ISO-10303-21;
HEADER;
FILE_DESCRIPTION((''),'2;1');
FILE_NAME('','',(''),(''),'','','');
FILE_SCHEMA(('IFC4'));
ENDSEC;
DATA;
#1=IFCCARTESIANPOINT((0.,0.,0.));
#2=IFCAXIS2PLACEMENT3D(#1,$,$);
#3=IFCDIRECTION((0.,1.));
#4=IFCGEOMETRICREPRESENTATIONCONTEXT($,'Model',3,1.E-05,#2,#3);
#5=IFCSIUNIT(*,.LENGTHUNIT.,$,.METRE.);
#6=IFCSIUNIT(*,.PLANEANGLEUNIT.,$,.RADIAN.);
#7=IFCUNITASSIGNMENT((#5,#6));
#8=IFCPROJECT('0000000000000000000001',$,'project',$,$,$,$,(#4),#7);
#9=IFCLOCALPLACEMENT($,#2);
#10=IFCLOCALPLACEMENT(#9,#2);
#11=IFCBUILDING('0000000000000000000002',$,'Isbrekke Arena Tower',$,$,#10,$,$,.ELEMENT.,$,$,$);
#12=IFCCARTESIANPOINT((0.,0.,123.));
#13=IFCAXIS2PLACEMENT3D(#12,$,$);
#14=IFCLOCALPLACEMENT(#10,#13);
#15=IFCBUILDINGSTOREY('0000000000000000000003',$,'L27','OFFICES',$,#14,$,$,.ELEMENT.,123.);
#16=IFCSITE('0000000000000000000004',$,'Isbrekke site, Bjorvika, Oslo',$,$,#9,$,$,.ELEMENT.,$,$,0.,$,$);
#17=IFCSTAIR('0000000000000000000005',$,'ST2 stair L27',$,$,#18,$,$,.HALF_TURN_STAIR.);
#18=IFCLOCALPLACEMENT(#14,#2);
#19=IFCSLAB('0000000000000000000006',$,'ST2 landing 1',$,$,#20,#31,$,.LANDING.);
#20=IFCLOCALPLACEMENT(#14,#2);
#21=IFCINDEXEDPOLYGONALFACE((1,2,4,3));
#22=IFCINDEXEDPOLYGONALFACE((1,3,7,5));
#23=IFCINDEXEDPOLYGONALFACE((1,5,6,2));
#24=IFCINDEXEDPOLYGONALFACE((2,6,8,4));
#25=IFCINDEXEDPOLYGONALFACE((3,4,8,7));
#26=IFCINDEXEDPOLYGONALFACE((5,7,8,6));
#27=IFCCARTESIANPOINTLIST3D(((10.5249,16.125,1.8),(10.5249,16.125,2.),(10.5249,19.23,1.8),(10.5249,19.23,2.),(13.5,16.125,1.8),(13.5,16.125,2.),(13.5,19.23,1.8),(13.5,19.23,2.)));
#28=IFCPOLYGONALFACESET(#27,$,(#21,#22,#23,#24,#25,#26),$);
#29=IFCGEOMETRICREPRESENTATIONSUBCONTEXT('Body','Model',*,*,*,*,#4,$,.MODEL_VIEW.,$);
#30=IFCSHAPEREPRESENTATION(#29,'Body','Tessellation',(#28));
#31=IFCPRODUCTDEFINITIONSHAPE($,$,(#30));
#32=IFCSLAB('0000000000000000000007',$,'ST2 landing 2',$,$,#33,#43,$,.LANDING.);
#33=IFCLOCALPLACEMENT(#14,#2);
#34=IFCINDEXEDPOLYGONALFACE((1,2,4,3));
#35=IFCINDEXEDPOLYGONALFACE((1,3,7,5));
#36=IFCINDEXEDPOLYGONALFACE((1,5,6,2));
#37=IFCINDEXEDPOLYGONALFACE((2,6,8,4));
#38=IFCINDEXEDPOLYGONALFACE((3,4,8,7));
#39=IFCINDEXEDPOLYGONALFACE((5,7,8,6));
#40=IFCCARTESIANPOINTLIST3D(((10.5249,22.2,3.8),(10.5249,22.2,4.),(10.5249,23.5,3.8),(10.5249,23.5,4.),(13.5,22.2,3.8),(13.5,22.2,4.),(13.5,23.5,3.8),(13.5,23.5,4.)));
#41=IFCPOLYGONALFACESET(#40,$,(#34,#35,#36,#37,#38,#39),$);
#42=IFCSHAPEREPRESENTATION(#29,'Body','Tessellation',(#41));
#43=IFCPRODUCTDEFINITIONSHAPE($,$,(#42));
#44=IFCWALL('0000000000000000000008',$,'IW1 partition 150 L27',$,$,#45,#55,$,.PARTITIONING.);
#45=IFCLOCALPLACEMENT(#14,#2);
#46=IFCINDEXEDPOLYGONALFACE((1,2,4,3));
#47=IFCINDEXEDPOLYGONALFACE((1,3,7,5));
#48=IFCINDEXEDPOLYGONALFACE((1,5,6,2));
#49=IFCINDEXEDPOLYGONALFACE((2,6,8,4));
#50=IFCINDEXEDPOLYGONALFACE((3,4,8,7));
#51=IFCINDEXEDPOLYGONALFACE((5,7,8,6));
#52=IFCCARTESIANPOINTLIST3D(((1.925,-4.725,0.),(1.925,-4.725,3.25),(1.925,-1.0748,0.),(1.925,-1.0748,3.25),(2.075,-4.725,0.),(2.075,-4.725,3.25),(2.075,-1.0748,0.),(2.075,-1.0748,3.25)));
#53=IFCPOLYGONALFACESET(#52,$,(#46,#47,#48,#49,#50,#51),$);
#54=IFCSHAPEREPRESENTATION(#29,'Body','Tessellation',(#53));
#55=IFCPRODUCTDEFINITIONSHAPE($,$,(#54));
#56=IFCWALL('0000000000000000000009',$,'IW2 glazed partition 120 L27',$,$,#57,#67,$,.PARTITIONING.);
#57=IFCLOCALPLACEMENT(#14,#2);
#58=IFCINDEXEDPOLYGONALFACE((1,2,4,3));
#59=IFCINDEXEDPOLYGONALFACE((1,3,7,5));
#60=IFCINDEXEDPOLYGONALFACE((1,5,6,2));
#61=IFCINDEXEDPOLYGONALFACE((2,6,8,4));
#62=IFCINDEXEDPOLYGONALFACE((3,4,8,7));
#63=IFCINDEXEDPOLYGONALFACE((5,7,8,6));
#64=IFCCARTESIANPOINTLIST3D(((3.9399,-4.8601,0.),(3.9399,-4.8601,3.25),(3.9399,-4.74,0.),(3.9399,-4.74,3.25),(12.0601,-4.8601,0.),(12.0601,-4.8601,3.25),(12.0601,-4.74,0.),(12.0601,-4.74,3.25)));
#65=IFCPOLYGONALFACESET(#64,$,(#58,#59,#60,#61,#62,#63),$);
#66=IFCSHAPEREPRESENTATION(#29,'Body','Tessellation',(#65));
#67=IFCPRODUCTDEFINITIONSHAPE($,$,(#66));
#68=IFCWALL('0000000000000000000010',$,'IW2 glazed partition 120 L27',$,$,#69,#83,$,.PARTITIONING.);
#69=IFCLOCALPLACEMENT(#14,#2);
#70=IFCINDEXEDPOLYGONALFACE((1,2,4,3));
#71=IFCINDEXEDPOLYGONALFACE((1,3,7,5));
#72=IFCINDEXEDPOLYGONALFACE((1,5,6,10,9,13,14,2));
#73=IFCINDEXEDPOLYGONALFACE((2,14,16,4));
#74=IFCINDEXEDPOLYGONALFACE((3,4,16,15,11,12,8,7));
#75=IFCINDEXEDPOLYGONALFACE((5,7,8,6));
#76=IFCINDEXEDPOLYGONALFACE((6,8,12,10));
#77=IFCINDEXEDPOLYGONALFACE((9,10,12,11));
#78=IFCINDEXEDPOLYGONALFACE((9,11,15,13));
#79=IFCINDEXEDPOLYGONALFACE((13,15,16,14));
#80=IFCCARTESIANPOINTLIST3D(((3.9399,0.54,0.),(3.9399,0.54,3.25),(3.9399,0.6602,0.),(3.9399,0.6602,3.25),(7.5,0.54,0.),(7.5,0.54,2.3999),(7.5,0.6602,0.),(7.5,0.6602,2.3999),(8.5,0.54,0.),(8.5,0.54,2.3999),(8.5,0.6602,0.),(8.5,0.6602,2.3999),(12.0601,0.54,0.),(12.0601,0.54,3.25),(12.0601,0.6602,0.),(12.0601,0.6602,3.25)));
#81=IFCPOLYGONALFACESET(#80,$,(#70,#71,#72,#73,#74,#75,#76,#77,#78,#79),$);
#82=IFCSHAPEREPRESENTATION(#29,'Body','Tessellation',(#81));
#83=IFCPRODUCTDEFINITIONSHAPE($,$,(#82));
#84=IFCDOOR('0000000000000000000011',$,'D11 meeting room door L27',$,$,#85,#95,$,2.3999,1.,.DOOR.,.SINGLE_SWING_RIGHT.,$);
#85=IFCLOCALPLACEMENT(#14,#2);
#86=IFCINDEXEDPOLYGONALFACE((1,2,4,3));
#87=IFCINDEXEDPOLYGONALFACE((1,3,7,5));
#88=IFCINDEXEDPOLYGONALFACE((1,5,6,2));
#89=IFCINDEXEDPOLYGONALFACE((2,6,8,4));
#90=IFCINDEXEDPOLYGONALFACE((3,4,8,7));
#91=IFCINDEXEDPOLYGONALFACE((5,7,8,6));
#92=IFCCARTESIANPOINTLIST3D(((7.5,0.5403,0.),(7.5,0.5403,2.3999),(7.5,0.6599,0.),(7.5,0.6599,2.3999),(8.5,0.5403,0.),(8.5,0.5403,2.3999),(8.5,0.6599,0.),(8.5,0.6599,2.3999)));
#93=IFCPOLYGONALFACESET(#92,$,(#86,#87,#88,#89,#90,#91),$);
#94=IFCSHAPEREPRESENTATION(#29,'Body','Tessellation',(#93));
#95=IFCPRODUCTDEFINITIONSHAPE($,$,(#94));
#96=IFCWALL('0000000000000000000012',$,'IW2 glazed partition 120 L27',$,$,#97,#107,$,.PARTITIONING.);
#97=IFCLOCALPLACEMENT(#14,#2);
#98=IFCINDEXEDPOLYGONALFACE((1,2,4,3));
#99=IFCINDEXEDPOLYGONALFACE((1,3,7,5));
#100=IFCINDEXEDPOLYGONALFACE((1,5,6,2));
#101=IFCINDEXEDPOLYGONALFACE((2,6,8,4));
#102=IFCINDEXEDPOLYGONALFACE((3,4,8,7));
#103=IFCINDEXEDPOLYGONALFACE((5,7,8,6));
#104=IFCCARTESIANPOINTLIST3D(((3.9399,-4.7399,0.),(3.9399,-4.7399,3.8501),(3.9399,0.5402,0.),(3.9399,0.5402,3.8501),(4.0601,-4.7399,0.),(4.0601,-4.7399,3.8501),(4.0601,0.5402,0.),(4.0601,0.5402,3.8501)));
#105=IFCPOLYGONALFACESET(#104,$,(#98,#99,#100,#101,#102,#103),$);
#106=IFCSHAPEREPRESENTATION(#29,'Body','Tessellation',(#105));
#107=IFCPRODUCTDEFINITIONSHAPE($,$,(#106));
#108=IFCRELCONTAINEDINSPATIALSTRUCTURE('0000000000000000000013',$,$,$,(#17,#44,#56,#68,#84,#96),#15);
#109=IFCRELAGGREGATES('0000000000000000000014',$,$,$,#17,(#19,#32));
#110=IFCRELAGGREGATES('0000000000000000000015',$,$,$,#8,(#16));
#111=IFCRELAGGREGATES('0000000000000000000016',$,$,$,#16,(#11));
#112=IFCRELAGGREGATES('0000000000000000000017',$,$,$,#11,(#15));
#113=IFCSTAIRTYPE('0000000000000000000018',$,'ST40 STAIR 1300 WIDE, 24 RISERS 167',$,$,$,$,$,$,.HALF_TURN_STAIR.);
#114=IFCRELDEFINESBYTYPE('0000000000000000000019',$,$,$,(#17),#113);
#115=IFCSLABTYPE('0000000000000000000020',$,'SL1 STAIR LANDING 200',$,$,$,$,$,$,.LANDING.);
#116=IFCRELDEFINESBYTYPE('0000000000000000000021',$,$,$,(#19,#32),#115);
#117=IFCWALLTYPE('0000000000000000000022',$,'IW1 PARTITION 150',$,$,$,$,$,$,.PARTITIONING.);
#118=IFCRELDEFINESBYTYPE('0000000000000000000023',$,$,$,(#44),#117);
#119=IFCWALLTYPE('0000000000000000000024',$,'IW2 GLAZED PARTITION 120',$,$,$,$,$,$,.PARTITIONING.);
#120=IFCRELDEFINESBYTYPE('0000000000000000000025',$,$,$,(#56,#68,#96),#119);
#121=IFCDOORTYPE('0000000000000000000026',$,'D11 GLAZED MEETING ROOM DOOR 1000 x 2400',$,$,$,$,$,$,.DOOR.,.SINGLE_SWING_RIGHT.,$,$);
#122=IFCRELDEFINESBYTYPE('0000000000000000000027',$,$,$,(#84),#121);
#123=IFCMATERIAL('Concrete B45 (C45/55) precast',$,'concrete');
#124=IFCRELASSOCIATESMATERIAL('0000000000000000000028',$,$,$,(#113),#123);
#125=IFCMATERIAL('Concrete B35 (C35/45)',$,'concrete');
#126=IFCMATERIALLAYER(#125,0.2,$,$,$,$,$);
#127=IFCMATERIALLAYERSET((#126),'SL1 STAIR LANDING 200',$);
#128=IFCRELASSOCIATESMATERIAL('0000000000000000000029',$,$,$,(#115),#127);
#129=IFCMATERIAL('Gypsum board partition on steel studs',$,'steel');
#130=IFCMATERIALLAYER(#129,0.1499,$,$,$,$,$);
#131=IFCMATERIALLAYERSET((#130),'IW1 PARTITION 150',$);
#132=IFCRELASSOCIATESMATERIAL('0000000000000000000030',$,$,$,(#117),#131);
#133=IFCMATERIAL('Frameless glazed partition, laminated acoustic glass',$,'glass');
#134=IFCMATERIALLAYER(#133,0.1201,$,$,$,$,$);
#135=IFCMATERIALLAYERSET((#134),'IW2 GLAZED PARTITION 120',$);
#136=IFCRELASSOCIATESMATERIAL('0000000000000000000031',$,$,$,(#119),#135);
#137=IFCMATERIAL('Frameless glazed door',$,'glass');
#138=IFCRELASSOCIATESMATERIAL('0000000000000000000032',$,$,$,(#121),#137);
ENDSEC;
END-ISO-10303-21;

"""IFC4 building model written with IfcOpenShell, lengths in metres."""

from ifc_helpers import new_model, si_unit, direction, frame, frame_2d, origin, place, context, subcontext, project, spatial, polyline, rectangle, outline, extrude, material, layer, layer_set, type_object, element, fill, aggregate, save


model = new_model("IFC4")

# Units and contexts
model_context = context("Model", 3, precision=1e-05, world=origin(), true_north=direction((0.0, 1.0)))
body_context = subcontext(model_context, "Body", "Model", "MODEL_VIEW")
ifc_project = project(units=[si_unit("LENGTHUNIT", "METRE"), si_unit("PLANEANGLEUNIT", "RADIAN")], contexts=[model_context])

# Site, building, storey
site_placement = place(None, origin())
site = spatial("IfcSite", under=ifc_project, at=site_placement, Name="Isbrekke site, Bjorvika, Oslo", CompositionType="ELEMENT", RefElevation=0.0)
building_placement = place(site_placement, origin())
building = spatial("IfcBuilding", under=site, at=building_placement, Name="Isbrekke Arena Tower", CompositionType="ELEMENT")
storey_placement = place(building_placement, frame((0.0, 0.0, 123.0)))
storey = spatial("IfcBuildingStorey", under=building, at=storey_placement, Name="L27", Description="OFFICES", CompositionType="ELEMENT", Elevation=123.0)

# Stair, slabs
ifc_material_1 = material(Name="Concrete B45 (C45/55) precast", Category="concrete")
stair_type = type_object("IfcStairType", Name="ST40 STAIR 1300 WIDE, 24 RISERS 167", PredefinedType="HALF_TURN_STAIR", material=ifc_material_1)
ifc_material_2 = material(Name="Concrete B35 (C35/45)", Category="concrete")
ifc_layer_1 = layer(ifc_material_2, 0.2)
ifc_layer_set_1 = layer_set([ifc_layer_1], Name="SL1 STAIR LANDING 200")
slab_type_1 = type_object("IfcSlabType", Name="SL1 STAIR LANDING 200", PredefinedType="LANDING", material=ifc_layer_set_1)
stair_1_placement = place(storey_placement, origin())
stair_1 = element("IfcStair", 1, at=stair_1_placement, inside=storey, type_object=stair_type, Name="ST2 stair L27", PredefinedType="HALF_TURN_STAIR")
slab_1_placement = place(storey_placement, frame((0.0, 0.0, 1.8)))
slab_1 = element("IfcSlab", 2, at=slab_1_placement, type_object=slab_type_1, Name="ST2 landing 1", PredefinedType="LANDING", context=body_context, shape_type="SweptSolid", body=[
    extrude(outline(polyline([(10.5249, 16.125), (13.5, 16.125), (13.5, 19.23), (10.5249, 19.23), (10.5249, 16.125)])), origin(), (0.0, 0.0, 1.0), 0.2),
])
slab_2_placement = place(storey_placement, frame((0.0, 0.0, 3.8)))
slab_2 = element("IfcSlab", 3, at=slab_2_placement, type_object=slab_type_1, Name="ST2 landing 2", PredefinedType="LANDING", context=body_context, shape_type="SweptSolid", body=[
    extrude(outline(polyline([(10.5249, 22.2), (13.5, 22.2), (13.5, 23.5), (10.5249, 23.5), (10.5249, 22.2)])), origin(), (0.0, 0.0, 1.0), 0.2),
])
aggregate(stair_1, [slab_1, slab_2])

# Walls
ifc_material_3 = material(Name="Gypsum board partition on steel studs", Category="steel")
ifc_layer_2 = layer(ifc_material_3, 0.1499)
ifc_layer_set_2 = layer_set([ifc_layer_2], Name="IW1 PARTITION 150")
wall_type_1 = type_object("IfcWallType", Name="IW1 PARTITION 150", PredefinedType="PARTITIONING", material=ifc_layer_set_2)
wall_1_placement = place(storey_placement, frame((2.0, -4.7251, 0.0), z_axis=(0.0, 0.0, 1.0), x_axis=(0.0, 1.0, 0.0)))
element("IfcWall", 4, at=wall_1_placement, inside=storey, type_object=wall_type_1, Name="IW1 partition 150 L27", PredefinedType="PARTITIONING", context=body_context, shape_type="SweptSolid", body=[
    extrude(rectangle(XDim=3.6501, YDim=0.1499, at=frame_2d((1.8252, 0.0))), origin(), (0.0, 0.0, 1.0), 3.25),
])
ifc_material_4 = material(Name="Frameless glazed partition, laminated acoustic glass", Category="glass")
ifc_layer_3 = layer(ifc_material_4, 0.1201)
ifc_layer_set_3 = layer_set([ifc_layer_3], Name="IW2 GLAZED PARTITION 120")
wall_type_2 = type_object("IfcWallType", Name="IW2 GLAZED PARTITION 120", PredefinedType="PARTITIONING", material=ifc_layer_set_3)
wall_2_placement = place(storey_placement, frame((3.9399, -4.8, 0.0), z_axis=(0.0, 0.0, 1.0), x_axis=(1.0, 0.0, 0.0)))
element("IfcWall", 5, at=wall_2_placement, inside=storey, type_object=wall_type_2, Name="IW2 glazed partition 120 L27", PredefinedType="PARTITIONING", context=body_context, shape_type="SweptSolid", body=[
    extrude(rectangle(XDim=8.1201, YDim=0.1201, at=frame_2d((4.0601, 0.0))), origin(), (0.0, 0.0, 1.0), 3.25),
])

# Wall, opening, door
wall_3_placement = place(storey_placement, frame((3.9399, 0.6001, 0.0), z_axis=(0.0, 0.0, 1.0), x_axis=(1.0, 0.0, 0.0)))
wall_3 = element("IfcWall", 6, at=wall_3_placement, inside=storey, type_object=wall_type_2, Name="IW2 glazed partition 120 L27", PredefinedType="PARTITIONING", context=body_context, shape_type="SweptSolid", body=[
    extrude(rectangle(XDim=8.1201, YDim=0.1201, at=frame_2d((4.0601, 0.0))), origin(), (0.0, 0.0, 1.0), 3.25),
])
opening_placement = place(wall_3_placement, frame((3.5601, 0.0, 0.0)))
opening = element("IfcOpeningElement", 7, at=opening_placement, cuts=wall_3, PredefinedType="OPENING", context=body_context, shape_type="SweptSolid", body=[
    extrude(rectangle(XDim=1.0, YDim=2.3999, at=frame_2d((0.5, 1.2))), frame((0.0, 0.075, 0.0), z_axis=(0.0, -1.0, 0.0), x_axis=(1.0, 0.0, 0.0)), (0.0, 0.0, 1.0), 0.1499),
])
ifc_material_5 = material(Name="Frameless glazed door", Category="glass")
door_type = type_object("IfcDoorType", Name="D11 GLAZED MEETING ROOM DOOR 1000 x 2400", OperationType="SINGLE_SWING_RIGHT", PredefinedType="DOOR", material=ifc_material_5)
door_placement = place(opening_placement, origin())
door = element("IfcDoor", 8, at=door_placement, inside=storey, type_object=door_type, Name="D11 meeting room door L27", OperationType="SINGLE_SWING_RIGHT", OverallHeight=2.3999, OverallWidth=1.0, PredefinedType="DOOR", context=body_context, shape_type="SweptSolid", body=[
    extrude(rectangle(XDim=1.0, YDim=2.3999, at=frame_2d((0.5, 1.2))), frame((0.0, 0.0598, 0.0), z_axis=(0.0, -1.0, 0.0), x_axis=(1.0, 0.0, 0.0)), (0.0, 0.0, 1.0), 0.1196),
])
fill(opening, door)

# Wall
wall_4_placement = place(storey_placement, frame((4.0, -4.74, 0.0), z_axis=(0.0, 0.0, 1.0), x_axis=(0.0, 1.0, 0.0)))
element("IfcWall", 9, at=wall_4_placement, inside=storey, type_object=wall_type_2, Name="IW2 glazed partition 120 L27", PredefinedType="PARTITIONING", context=body_context, shape_type="SweptSolid", body=[
    extrude(rectangle(XDim=5.28, YDim=0.1201, at=frame_2d((2.6401, 0.0))), origin(), (0.0, 0.0, 1.0), 3.8501),
])

save(model, "model.ifc")
